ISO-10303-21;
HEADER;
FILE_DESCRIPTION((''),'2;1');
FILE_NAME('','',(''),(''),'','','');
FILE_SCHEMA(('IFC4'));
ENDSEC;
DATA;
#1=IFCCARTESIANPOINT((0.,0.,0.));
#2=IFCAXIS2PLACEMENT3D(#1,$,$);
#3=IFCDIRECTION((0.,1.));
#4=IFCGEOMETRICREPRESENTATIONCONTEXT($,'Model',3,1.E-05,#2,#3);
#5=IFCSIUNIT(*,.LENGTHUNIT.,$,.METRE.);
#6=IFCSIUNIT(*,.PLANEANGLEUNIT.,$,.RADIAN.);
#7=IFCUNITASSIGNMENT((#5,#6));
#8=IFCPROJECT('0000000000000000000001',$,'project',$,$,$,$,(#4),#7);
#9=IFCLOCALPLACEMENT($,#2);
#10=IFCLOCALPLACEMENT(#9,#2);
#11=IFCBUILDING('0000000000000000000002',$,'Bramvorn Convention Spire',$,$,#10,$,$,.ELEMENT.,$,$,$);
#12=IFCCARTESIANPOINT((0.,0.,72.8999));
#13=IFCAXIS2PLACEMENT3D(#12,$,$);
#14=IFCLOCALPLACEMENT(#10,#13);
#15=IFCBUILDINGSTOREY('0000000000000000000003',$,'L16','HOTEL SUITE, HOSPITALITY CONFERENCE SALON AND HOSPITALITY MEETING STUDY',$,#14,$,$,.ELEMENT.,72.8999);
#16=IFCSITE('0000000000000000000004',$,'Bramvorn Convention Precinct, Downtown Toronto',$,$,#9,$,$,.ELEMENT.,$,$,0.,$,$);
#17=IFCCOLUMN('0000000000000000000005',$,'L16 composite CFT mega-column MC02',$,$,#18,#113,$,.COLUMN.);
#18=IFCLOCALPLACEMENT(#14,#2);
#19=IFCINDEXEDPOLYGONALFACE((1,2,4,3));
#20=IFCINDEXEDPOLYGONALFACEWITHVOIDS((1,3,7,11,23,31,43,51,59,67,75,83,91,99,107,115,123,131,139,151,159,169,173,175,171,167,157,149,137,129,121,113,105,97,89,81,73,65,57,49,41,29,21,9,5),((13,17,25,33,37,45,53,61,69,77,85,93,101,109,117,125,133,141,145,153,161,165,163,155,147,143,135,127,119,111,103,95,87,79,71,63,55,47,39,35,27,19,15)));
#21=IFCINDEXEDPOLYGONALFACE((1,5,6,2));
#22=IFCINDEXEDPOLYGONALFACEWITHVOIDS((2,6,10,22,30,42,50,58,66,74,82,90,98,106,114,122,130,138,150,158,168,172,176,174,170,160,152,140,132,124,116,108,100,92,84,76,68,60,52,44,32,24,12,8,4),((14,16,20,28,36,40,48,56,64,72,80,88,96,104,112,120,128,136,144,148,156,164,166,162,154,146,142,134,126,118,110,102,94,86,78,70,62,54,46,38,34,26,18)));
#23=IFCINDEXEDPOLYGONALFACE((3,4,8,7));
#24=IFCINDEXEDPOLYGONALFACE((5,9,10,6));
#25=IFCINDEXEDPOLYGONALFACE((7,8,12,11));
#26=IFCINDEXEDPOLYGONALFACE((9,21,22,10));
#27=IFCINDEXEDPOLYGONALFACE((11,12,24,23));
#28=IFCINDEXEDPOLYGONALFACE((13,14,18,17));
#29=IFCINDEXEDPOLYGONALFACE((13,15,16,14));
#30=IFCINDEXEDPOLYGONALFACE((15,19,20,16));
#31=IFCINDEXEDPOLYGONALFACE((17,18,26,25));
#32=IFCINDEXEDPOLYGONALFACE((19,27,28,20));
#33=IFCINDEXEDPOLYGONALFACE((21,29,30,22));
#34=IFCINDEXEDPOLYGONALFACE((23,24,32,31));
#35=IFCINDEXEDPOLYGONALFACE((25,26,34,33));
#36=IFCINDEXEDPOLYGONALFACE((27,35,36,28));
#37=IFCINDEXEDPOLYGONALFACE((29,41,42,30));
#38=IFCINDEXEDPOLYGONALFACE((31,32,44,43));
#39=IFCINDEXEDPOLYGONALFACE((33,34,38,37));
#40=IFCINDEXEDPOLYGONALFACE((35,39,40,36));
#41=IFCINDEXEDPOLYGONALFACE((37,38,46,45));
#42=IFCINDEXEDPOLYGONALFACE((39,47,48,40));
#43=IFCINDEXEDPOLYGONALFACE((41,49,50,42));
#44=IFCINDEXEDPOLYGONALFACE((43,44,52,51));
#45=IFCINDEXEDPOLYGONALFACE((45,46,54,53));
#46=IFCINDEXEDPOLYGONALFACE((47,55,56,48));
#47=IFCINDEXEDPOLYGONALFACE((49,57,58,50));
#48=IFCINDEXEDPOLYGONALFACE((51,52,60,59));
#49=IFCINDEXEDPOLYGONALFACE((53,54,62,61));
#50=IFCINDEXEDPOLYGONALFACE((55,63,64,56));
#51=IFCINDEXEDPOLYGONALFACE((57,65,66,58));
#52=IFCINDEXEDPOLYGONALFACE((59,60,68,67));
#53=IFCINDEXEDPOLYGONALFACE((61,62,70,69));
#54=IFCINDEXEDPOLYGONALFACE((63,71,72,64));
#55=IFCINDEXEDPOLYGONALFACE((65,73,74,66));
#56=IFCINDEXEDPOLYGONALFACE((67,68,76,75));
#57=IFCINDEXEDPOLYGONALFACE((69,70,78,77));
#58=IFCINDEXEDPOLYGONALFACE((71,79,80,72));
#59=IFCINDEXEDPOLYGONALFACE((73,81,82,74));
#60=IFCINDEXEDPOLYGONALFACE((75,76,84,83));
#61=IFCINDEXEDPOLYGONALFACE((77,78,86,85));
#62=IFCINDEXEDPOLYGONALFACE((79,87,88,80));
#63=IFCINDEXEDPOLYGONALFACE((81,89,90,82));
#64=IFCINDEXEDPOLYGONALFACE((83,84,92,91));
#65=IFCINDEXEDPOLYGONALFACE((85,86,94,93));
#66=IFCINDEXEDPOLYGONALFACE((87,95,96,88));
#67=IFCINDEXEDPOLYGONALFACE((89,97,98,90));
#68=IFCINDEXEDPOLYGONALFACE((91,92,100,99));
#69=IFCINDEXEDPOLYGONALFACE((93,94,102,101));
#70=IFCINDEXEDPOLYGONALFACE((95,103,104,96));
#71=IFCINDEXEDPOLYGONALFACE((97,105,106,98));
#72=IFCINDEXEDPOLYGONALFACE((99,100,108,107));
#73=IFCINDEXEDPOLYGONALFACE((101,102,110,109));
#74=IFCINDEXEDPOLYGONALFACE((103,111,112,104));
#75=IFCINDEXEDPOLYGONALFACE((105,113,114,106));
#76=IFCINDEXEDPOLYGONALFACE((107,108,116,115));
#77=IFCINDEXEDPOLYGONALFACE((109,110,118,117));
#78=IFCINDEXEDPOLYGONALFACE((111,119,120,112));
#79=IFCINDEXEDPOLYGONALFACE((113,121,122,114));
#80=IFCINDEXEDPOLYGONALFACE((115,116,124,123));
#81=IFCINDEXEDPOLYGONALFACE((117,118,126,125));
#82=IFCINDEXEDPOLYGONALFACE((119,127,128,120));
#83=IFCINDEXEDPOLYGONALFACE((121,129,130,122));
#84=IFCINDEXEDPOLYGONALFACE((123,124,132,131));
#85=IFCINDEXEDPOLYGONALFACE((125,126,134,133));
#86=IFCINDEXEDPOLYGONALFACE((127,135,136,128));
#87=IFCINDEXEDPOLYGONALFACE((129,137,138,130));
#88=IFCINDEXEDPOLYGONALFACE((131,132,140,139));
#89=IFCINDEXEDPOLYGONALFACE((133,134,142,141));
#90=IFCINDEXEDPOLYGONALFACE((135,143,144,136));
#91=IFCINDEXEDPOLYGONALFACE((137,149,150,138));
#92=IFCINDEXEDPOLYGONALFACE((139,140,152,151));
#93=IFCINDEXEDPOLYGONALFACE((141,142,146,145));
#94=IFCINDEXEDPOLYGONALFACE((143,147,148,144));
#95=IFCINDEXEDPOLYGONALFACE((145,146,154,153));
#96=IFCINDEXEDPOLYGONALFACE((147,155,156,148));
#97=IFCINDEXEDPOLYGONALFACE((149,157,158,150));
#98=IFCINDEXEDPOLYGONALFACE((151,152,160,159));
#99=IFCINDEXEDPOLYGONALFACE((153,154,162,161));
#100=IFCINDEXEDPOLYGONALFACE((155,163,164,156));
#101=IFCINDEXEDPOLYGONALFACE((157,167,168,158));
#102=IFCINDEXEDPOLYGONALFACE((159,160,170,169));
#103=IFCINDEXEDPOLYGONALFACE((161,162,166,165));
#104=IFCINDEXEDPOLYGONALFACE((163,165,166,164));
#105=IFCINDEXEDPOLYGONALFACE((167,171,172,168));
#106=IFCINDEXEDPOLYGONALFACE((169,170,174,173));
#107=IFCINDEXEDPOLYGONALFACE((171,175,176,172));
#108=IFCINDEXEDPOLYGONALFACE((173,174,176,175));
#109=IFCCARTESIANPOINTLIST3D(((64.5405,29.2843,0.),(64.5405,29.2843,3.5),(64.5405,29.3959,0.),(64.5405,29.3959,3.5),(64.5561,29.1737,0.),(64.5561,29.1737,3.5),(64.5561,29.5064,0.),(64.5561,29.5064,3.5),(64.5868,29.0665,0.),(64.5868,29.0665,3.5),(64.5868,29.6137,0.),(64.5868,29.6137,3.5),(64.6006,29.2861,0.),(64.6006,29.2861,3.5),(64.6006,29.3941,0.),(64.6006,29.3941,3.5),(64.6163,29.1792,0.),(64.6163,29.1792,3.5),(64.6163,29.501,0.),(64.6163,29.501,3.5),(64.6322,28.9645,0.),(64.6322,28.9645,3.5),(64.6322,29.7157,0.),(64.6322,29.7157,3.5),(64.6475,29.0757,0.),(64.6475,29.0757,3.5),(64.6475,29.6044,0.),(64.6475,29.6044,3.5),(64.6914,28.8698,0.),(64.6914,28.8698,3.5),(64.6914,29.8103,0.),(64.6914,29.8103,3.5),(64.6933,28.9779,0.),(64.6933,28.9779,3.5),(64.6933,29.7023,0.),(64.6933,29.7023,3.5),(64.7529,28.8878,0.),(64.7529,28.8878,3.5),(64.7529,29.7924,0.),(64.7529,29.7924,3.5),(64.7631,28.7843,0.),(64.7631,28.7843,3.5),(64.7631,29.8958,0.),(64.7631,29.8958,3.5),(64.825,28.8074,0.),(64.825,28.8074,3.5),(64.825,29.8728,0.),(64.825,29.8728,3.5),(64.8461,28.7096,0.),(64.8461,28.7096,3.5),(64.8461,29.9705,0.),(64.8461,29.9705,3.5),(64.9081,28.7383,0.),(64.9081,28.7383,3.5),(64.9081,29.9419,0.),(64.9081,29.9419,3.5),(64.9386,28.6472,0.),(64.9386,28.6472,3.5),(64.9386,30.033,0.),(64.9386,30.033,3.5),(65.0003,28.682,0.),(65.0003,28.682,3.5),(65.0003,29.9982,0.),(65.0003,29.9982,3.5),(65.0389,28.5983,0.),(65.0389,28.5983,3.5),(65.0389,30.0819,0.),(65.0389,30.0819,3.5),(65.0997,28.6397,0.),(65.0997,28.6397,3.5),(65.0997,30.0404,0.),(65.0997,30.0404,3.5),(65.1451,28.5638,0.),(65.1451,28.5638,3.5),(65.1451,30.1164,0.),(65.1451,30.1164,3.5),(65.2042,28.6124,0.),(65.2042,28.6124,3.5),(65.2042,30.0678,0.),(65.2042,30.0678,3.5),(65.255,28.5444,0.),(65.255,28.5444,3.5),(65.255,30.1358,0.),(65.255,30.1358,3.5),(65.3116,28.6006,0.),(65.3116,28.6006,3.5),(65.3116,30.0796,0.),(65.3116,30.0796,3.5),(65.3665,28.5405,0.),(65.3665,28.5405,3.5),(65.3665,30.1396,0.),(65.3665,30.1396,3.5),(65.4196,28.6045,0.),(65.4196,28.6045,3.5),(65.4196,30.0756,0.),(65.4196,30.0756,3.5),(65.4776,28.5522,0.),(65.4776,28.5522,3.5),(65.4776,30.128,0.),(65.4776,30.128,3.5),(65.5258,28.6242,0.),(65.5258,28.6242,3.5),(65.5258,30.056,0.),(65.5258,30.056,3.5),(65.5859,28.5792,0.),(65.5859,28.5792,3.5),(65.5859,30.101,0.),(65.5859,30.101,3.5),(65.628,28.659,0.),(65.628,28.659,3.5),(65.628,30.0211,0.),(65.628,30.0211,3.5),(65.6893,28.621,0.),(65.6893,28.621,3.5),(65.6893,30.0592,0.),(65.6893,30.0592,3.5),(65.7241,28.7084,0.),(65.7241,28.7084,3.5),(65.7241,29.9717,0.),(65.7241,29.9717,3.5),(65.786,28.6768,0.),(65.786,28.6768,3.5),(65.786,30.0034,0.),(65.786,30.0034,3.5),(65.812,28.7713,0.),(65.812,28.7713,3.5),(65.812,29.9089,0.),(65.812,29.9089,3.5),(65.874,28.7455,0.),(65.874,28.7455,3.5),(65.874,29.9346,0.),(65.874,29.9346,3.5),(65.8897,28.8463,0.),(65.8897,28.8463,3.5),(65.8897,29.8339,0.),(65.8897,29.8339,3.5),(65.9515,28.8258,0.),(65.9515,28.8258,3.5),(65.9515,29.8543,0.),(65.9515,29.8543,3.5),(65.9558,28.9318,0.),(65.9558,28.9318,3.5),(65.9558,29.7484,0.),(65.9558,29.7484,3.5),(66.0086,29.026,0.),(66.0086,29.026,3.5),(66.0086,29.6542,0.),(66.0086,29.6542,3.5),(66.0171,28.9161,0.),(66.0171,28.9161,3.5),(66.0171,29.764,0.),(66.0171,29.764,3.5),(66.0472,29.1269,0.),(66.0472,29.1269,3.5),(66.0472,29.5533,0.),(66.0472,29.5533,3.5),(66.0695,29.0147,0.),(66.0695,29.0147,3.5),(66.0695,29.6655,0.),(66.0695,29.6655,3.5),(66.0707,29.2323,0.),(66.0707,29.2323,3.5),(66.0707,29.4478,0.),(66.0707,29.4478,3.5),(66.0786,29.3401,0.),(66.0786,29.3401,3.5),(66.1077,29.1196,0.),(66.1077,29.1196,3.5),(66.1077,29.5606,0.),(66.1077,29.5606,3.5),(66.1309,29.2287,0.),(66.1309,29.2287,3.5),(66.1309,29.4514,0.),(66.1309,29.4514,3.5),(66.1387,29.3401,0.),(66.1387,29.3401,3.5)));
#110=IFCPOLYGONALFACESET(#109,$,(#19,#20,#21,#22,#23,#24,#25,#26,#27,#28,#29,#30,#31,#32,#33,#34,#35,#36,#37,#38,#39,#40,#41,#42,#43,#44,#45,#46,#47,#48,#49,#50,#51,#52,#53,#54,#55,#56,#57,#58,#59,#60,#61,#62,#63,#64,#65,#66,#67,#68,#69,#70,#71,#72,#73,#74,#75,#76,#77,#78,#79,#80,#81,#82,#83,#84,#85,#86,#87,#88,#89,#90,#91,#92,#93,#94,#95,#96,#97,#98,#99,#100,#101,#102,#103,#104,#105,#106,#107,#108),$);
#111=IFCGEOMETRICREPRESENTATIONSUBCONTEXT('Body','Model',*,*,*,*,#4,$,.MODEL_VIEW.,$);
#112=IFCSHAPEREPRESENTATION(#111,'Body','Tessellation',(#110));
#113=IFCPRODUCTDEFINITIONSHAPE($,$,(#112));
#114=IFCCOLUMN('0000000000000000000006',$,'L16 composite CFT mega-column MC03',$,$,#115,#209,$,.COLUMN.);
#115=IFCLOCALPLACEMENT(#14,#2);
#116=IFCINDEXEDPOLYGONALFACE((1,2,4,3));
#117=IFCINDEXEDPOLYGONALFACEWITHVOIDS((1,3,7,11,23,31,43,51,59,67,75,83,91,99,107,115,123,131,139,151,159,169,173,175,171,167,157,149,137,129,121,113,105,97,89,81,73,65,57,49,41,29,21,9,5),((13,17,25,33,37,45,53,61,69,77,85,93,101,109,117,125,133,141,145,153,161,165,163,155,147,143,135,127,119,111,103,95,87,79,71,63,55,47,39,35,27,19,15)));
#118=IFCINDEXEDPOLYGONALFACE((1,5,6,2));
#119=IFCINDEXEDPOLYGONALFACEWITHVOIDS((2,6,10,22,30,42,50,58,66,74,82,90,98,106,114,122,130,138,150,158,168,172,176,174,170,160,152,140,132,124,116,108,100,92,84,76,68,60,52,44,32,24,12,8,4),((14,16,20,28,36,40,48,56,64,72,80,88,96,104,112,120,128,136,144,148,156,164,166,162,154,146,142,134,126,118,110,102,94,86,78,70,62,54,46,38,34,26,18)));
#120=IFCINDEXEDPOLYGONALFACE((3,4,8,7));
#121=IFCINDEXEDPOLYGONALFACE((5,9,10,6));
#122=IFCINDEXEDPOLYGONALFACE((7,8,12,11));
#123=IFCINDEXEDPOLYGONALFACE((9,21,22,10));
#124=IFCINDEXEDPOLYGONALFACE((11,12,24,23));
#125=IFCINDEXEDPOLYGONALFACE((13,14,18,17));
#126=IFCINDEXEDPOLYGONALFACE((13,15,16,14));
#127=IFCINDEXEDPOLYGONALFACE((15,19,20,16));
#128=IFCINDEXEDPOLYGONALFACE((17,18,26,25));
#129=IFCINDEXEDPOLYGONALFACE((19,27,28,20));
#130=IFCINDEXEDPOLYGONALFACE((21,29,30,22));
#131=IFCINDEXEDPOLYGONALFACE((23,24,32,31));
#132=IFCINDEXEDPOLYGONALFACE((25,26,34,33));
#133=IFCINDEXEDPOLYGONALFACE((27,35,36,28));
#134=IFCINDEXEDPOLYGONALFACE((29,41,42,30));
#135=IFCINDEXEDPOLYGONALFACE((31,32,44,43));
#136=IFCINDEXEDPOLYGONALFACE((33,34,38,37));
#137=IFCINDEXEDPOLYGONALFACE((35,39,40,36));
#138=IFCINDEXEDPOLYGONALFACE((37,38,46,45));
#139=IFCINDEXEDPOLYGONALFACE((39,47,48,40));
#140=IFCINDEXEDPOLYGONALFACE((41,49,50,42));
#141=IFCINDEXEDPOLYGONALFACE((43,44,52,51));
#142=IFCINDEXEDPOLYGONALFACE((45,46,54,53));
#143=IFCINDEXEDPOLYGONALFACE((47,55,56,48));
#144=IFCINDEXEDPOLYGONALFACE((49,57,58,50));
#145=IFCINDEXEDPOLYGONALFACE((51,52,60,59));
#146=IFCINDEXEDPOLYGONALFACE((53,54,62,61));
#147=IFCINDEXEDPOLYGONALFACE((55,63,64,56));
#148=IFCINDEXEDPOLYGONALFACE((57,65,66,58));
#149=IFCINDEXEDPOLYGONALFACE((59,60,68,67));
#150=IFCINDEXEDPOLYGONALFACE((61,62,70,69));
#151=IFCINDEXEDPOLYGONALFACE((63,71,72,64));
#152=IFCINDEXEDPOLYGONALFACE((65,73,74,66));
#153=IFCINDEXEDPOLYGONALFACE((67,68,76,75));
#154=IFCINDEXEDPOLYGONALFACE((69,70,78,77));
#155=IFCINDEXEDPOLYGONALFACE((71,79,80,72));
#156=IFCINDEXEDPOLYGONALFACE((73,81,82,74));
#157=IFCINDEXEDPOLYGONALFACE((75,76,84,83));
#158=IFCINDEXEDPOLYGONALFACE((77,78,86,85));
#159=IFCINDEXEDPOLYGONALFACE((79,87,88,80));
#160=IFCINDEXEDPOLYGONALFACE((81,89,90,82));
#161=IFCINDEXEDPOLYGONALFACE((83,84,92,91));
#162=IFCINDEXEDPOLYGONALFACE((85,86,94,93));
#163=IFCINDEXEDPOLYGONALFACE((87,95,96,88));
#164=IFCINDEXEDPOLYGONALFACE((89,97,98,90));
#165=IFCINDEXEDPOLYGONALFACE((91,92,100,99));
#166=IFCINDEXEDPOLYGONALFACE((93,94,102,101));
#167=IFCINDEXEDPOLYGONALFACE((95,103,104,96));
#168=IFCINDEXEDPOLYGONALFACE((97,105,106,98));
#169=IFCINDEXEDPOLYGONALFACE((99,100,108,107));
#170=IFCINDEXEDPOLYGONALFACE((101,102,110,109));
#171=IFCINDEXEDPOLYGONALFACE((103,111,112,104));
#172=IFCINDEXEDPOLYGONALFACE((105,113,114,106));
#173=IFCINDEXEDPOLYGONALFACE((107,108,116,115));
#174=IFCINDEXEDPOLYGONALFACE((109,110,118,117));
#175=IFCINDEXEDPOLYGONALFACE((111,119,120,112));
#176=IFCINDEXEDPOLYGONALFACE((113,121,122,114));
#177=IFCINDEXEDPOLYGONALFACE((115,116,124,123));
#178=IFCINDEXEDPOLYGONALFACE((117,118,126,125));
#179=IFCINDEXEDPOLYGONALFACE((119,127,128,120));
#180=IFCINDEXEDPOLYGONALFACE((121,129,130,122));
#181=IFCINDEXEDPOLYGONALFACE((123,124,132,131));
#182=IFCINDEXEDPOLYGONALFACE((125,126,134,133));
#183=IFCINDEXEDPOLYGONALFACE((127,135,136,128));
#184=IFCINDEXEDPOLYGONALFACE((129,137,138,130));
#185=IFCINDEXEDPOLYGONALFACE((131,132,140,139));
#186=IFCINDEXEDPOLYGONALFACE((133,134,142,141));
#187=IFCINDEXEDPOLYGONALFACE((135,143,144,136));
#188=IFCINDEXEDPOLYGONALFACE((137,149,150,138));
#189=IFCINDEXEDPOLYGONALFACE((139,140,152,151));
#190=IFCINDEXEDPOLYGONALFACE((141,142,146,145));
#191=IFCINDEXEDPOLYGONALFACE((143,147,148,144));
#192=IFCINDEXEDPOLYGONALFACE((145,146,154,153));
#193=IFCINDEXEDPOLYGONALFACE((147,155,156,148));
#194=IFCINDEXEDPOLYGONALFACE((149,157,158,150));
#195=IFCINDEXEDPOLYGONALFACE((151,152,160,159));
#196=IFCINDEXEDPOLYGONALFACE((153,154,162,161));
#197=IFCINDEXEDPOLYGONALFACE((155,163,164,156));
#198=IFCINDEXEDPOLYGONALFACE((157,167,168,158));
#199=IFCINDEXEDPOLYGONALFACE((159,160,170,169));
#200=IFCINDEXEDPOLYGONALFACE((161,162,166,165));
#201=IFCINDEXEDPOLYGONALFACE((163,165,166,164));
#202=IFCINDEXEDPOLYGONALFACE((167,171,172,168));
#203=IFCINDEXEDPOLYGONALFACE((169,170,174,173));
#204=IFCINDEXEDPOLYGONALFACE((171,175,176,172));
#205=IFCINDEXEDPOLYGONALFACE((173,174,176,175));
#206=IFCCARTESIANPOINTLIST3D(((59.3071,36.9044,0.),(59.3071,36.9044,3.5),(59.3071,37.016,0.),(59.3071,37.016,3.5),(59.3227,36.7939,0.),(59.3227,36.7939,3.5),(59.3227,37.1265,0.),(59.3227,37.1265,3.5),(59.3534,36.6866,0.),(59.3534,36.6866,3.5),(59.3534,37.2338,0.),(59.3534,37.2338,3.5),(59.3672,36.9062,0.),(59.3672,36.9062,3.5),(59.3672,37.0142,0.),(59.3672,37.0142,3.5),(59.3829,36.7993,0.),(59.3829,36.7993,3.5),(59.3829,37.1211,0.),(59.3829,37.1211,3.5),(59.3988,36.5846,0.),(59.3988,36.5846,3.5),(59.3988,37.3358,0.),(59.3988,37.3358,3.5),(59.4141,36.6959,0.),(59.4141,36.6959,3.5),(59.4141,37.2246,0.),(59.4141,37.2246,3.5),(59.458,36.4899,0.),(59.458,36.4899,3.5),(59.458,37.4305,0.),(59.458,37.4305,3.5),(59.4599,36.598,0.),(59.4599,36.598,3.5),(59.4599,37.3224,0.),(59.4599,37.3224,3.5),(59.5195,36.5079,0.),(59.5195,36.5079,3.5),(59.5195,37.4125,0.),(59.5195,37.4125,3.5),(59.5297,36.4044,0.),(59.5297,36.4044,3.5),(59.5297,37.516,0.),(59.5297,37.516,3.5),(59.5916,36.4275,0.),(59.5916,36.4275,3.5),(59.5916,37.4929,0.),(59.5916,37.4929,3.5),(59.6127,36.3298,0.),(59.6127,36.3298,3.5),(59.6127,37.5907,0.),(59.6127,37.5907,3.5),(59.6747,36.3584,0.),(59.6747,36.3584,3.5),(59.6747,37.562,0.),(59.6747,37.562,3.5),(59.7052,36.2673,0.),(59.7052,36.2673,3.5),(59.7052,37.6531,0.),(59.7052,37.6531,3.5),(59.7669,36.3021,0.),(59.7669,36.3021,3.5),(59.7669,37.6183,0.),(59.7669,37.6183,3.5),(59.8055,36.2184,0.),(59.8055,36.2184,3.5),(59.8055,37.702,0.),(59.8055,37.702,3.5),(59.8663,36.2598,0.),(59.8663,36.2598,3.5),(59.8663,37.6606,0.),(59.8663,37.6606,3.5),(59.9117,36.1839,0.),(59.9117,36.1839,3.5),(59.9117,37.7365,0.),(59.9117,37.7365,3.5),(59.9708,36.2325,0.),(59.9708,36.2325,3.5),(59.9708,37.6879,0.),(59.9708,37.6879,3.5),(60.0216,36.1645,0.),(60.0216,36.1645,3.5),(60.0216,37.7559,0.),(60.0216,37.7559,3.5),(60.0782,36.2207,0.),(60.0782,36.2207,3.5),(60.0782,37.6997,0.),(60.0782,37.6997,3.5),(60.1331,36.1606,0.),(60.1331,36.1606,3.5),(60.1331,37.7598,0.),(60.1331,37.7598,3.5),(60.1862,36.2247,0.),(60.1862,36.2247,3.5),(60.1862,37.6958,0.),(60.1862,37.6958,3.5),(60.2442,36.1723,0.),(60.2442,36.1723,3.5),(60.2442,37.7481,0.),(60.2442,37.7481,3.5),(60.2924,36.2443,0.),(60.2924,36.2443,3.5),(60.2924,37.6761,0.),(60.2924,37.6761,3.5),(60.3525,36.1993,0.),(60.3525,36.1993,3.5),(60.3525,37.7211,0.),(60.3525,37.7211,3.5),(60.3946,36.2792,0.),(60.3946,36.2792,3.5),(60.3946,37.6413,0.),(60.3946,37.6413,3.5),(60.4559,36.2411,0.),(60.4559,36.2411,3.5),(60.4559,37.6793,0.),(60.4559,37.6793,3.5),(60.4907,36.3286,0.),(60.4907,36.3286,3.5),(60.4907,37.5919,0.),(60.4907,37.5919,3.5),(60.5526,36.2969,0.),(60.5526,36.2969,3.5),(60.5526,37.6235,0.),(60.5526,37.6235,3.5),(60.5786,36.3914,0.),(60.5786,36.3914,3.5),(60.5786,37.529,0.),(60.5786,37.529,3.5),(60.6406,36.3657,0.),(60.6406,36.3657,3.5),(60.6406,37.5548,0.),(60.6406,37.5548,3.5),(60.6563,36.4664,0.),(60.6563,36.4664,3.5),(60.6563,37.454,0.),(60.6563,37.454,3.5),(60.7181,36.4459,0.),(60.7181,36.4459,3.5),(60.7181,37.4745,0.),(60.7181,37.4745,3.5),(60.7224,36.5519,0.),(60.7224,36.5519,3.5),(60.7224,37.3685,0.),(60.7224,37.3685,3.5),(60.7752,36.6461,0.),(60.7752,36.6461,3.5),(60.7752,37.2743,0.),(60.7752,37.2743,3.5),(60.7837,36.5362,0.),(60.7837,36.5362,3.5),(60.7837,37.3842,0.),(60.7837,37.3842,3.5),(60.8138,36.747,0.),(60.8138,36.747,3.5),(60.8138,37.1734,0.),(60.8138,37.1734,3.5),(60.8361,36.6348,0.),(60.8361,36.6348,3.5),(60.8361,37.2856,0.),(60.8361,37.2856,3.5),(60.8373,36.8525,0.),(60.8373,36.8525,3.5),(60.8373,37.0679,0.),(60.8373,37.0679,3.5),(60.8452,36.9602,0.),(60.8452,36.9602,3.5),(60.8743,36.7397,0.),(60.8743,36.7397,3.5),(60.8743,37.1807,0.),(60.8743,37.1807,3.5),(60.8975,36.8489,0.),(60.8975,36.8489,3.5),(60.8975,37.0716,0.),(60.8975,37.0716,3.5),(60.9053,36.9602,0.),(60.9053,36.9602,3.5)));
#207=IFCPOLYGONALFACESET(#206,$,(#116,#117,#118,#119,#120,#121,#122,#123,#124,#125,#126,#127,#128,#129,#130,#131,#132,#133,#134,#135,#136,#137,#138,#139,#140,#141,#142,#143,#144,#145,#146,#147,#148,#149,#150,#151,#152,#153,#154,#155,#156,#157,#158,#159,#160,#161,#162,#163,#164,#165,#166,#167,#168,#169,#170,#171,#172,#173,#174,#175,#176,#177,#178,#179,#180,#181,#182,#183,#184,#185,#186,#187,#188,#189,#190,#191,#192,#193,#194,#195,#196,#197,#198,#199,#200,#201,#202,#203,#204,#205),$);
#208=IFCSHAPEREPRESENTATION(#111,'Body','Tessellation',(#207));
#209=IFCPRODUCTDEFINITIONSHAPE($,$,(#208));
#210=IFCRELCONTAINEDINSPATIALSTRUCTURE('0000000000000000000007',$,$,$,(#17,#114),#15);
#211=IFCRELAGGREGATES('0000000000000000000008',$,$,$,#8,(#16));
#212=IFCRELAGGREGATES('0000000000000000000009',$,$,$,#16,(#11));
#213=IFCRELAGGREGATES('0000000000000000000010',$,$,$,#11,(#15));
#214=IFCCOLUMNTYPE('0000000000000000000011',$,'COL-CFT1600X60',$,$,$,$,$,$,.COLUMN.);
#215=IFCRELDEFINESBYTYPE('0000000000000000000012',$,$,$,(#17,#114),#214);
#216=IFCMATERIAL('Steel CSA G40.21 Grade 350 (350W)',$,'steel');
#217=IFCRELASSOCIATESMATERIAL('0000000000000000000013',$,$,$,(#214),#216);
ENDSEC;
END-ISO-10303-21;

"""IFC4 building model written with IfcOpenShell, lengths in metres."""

from ifc_helpers import new_model, si_unit, direction, frame, origin, origin_2d, place, context, subcontext, project, spatial, hollow_circle, extrude, material, material_profile, profile_set, type_object, element, save


model = new_model("IFC4")

# Units and contexts
model_context = context("Model", 3, precision=1e-05, world=origin(), true_north=direction((0.0, 1.0)))
body_context = subcontext(model_context, "Body", "Model", "MODEL_VIEW")
ifc_project = project(units=[si_unit("LENGTHUNIT", "METRE"), si_unit("PLANEANGLEUNIT", "RADIAN")], contexts=[model_context])

# Site, building, storey
site_placement = place(None, origin())
site = spatial("IfcSite", under=ifc_project, at=site_placement, Name="Bramvorn Convention Precinct, Downtown Toronto", CompositionType="ELEMENT", RefElevation=0.0)
building_placement = place(site_placement, origin())
building = spatial("IfcBuilding", under=site, at=building_placement, Name="Bramvorn Convention Spire", CompositionType="ELEMENT")
storey_placement = place(building_placement, frame((0.0, 0.0, 72.8999)))
storey = spatial("IfcBuildingStorey", under=building, at=storey_placement, Name="L16", Description="HOTEL SUITE, HOSPITALITY CONFERENCE SALON AND HOSPITALITY MEETING STUDY", CompositionType="ELEMENT", Elevation=72.8999)

# Columns
ifc_material_1 = material(Name="Steel CSA G40.21 Grade 350 (350W)", Category="steel")
ifc_material_profile_1 = material_profile(ifc_material_1, hollow_circle(Radius=0.8, WallThickness=0.0601, at=origin_2d()))
ifc_profile_set_1 = profile_set([ifc_material_profile_1], Name="Steel CSA G40.21 Grade 350 (350W) - CFT1600X60")
column_type = type_object("IfcColumnType", Name="COL-CFT1600X60", PredefinedType="COLUMN", material=ifc_profile_set_1)
for number, where, z_axis, x_axis, name in (
    (1, (65.3386, 29.3401, 0.0), (0.0, 0.0, 1.0), (1.0, 0.0, 0.0), "L16 composite CFT mega-column MC02"),
    (2, (60.1052, 36.9602, 0.0), (0.0, 0.0, 1.0), (1.0, 0.0, 0.0), "L16 composite CFT mega-column MC03"),
):
    element("IfcColumn", number, at=place(storey_placement, frame(where, z_axis=z_axis, x_axis=x_axis)), inside=storey, type_object=column_type, Name=name, PredefinedType="COLUMN", context=body_context, shape_type="SweptSolid", body=[
        extrude(hollow_circle(Radius=0.8, WallThickness=0.0601, at=origin_2d()), origin(), (0.0, 0.0, 1.0), 3.5),
    ])

save(model, "model.ifc")
